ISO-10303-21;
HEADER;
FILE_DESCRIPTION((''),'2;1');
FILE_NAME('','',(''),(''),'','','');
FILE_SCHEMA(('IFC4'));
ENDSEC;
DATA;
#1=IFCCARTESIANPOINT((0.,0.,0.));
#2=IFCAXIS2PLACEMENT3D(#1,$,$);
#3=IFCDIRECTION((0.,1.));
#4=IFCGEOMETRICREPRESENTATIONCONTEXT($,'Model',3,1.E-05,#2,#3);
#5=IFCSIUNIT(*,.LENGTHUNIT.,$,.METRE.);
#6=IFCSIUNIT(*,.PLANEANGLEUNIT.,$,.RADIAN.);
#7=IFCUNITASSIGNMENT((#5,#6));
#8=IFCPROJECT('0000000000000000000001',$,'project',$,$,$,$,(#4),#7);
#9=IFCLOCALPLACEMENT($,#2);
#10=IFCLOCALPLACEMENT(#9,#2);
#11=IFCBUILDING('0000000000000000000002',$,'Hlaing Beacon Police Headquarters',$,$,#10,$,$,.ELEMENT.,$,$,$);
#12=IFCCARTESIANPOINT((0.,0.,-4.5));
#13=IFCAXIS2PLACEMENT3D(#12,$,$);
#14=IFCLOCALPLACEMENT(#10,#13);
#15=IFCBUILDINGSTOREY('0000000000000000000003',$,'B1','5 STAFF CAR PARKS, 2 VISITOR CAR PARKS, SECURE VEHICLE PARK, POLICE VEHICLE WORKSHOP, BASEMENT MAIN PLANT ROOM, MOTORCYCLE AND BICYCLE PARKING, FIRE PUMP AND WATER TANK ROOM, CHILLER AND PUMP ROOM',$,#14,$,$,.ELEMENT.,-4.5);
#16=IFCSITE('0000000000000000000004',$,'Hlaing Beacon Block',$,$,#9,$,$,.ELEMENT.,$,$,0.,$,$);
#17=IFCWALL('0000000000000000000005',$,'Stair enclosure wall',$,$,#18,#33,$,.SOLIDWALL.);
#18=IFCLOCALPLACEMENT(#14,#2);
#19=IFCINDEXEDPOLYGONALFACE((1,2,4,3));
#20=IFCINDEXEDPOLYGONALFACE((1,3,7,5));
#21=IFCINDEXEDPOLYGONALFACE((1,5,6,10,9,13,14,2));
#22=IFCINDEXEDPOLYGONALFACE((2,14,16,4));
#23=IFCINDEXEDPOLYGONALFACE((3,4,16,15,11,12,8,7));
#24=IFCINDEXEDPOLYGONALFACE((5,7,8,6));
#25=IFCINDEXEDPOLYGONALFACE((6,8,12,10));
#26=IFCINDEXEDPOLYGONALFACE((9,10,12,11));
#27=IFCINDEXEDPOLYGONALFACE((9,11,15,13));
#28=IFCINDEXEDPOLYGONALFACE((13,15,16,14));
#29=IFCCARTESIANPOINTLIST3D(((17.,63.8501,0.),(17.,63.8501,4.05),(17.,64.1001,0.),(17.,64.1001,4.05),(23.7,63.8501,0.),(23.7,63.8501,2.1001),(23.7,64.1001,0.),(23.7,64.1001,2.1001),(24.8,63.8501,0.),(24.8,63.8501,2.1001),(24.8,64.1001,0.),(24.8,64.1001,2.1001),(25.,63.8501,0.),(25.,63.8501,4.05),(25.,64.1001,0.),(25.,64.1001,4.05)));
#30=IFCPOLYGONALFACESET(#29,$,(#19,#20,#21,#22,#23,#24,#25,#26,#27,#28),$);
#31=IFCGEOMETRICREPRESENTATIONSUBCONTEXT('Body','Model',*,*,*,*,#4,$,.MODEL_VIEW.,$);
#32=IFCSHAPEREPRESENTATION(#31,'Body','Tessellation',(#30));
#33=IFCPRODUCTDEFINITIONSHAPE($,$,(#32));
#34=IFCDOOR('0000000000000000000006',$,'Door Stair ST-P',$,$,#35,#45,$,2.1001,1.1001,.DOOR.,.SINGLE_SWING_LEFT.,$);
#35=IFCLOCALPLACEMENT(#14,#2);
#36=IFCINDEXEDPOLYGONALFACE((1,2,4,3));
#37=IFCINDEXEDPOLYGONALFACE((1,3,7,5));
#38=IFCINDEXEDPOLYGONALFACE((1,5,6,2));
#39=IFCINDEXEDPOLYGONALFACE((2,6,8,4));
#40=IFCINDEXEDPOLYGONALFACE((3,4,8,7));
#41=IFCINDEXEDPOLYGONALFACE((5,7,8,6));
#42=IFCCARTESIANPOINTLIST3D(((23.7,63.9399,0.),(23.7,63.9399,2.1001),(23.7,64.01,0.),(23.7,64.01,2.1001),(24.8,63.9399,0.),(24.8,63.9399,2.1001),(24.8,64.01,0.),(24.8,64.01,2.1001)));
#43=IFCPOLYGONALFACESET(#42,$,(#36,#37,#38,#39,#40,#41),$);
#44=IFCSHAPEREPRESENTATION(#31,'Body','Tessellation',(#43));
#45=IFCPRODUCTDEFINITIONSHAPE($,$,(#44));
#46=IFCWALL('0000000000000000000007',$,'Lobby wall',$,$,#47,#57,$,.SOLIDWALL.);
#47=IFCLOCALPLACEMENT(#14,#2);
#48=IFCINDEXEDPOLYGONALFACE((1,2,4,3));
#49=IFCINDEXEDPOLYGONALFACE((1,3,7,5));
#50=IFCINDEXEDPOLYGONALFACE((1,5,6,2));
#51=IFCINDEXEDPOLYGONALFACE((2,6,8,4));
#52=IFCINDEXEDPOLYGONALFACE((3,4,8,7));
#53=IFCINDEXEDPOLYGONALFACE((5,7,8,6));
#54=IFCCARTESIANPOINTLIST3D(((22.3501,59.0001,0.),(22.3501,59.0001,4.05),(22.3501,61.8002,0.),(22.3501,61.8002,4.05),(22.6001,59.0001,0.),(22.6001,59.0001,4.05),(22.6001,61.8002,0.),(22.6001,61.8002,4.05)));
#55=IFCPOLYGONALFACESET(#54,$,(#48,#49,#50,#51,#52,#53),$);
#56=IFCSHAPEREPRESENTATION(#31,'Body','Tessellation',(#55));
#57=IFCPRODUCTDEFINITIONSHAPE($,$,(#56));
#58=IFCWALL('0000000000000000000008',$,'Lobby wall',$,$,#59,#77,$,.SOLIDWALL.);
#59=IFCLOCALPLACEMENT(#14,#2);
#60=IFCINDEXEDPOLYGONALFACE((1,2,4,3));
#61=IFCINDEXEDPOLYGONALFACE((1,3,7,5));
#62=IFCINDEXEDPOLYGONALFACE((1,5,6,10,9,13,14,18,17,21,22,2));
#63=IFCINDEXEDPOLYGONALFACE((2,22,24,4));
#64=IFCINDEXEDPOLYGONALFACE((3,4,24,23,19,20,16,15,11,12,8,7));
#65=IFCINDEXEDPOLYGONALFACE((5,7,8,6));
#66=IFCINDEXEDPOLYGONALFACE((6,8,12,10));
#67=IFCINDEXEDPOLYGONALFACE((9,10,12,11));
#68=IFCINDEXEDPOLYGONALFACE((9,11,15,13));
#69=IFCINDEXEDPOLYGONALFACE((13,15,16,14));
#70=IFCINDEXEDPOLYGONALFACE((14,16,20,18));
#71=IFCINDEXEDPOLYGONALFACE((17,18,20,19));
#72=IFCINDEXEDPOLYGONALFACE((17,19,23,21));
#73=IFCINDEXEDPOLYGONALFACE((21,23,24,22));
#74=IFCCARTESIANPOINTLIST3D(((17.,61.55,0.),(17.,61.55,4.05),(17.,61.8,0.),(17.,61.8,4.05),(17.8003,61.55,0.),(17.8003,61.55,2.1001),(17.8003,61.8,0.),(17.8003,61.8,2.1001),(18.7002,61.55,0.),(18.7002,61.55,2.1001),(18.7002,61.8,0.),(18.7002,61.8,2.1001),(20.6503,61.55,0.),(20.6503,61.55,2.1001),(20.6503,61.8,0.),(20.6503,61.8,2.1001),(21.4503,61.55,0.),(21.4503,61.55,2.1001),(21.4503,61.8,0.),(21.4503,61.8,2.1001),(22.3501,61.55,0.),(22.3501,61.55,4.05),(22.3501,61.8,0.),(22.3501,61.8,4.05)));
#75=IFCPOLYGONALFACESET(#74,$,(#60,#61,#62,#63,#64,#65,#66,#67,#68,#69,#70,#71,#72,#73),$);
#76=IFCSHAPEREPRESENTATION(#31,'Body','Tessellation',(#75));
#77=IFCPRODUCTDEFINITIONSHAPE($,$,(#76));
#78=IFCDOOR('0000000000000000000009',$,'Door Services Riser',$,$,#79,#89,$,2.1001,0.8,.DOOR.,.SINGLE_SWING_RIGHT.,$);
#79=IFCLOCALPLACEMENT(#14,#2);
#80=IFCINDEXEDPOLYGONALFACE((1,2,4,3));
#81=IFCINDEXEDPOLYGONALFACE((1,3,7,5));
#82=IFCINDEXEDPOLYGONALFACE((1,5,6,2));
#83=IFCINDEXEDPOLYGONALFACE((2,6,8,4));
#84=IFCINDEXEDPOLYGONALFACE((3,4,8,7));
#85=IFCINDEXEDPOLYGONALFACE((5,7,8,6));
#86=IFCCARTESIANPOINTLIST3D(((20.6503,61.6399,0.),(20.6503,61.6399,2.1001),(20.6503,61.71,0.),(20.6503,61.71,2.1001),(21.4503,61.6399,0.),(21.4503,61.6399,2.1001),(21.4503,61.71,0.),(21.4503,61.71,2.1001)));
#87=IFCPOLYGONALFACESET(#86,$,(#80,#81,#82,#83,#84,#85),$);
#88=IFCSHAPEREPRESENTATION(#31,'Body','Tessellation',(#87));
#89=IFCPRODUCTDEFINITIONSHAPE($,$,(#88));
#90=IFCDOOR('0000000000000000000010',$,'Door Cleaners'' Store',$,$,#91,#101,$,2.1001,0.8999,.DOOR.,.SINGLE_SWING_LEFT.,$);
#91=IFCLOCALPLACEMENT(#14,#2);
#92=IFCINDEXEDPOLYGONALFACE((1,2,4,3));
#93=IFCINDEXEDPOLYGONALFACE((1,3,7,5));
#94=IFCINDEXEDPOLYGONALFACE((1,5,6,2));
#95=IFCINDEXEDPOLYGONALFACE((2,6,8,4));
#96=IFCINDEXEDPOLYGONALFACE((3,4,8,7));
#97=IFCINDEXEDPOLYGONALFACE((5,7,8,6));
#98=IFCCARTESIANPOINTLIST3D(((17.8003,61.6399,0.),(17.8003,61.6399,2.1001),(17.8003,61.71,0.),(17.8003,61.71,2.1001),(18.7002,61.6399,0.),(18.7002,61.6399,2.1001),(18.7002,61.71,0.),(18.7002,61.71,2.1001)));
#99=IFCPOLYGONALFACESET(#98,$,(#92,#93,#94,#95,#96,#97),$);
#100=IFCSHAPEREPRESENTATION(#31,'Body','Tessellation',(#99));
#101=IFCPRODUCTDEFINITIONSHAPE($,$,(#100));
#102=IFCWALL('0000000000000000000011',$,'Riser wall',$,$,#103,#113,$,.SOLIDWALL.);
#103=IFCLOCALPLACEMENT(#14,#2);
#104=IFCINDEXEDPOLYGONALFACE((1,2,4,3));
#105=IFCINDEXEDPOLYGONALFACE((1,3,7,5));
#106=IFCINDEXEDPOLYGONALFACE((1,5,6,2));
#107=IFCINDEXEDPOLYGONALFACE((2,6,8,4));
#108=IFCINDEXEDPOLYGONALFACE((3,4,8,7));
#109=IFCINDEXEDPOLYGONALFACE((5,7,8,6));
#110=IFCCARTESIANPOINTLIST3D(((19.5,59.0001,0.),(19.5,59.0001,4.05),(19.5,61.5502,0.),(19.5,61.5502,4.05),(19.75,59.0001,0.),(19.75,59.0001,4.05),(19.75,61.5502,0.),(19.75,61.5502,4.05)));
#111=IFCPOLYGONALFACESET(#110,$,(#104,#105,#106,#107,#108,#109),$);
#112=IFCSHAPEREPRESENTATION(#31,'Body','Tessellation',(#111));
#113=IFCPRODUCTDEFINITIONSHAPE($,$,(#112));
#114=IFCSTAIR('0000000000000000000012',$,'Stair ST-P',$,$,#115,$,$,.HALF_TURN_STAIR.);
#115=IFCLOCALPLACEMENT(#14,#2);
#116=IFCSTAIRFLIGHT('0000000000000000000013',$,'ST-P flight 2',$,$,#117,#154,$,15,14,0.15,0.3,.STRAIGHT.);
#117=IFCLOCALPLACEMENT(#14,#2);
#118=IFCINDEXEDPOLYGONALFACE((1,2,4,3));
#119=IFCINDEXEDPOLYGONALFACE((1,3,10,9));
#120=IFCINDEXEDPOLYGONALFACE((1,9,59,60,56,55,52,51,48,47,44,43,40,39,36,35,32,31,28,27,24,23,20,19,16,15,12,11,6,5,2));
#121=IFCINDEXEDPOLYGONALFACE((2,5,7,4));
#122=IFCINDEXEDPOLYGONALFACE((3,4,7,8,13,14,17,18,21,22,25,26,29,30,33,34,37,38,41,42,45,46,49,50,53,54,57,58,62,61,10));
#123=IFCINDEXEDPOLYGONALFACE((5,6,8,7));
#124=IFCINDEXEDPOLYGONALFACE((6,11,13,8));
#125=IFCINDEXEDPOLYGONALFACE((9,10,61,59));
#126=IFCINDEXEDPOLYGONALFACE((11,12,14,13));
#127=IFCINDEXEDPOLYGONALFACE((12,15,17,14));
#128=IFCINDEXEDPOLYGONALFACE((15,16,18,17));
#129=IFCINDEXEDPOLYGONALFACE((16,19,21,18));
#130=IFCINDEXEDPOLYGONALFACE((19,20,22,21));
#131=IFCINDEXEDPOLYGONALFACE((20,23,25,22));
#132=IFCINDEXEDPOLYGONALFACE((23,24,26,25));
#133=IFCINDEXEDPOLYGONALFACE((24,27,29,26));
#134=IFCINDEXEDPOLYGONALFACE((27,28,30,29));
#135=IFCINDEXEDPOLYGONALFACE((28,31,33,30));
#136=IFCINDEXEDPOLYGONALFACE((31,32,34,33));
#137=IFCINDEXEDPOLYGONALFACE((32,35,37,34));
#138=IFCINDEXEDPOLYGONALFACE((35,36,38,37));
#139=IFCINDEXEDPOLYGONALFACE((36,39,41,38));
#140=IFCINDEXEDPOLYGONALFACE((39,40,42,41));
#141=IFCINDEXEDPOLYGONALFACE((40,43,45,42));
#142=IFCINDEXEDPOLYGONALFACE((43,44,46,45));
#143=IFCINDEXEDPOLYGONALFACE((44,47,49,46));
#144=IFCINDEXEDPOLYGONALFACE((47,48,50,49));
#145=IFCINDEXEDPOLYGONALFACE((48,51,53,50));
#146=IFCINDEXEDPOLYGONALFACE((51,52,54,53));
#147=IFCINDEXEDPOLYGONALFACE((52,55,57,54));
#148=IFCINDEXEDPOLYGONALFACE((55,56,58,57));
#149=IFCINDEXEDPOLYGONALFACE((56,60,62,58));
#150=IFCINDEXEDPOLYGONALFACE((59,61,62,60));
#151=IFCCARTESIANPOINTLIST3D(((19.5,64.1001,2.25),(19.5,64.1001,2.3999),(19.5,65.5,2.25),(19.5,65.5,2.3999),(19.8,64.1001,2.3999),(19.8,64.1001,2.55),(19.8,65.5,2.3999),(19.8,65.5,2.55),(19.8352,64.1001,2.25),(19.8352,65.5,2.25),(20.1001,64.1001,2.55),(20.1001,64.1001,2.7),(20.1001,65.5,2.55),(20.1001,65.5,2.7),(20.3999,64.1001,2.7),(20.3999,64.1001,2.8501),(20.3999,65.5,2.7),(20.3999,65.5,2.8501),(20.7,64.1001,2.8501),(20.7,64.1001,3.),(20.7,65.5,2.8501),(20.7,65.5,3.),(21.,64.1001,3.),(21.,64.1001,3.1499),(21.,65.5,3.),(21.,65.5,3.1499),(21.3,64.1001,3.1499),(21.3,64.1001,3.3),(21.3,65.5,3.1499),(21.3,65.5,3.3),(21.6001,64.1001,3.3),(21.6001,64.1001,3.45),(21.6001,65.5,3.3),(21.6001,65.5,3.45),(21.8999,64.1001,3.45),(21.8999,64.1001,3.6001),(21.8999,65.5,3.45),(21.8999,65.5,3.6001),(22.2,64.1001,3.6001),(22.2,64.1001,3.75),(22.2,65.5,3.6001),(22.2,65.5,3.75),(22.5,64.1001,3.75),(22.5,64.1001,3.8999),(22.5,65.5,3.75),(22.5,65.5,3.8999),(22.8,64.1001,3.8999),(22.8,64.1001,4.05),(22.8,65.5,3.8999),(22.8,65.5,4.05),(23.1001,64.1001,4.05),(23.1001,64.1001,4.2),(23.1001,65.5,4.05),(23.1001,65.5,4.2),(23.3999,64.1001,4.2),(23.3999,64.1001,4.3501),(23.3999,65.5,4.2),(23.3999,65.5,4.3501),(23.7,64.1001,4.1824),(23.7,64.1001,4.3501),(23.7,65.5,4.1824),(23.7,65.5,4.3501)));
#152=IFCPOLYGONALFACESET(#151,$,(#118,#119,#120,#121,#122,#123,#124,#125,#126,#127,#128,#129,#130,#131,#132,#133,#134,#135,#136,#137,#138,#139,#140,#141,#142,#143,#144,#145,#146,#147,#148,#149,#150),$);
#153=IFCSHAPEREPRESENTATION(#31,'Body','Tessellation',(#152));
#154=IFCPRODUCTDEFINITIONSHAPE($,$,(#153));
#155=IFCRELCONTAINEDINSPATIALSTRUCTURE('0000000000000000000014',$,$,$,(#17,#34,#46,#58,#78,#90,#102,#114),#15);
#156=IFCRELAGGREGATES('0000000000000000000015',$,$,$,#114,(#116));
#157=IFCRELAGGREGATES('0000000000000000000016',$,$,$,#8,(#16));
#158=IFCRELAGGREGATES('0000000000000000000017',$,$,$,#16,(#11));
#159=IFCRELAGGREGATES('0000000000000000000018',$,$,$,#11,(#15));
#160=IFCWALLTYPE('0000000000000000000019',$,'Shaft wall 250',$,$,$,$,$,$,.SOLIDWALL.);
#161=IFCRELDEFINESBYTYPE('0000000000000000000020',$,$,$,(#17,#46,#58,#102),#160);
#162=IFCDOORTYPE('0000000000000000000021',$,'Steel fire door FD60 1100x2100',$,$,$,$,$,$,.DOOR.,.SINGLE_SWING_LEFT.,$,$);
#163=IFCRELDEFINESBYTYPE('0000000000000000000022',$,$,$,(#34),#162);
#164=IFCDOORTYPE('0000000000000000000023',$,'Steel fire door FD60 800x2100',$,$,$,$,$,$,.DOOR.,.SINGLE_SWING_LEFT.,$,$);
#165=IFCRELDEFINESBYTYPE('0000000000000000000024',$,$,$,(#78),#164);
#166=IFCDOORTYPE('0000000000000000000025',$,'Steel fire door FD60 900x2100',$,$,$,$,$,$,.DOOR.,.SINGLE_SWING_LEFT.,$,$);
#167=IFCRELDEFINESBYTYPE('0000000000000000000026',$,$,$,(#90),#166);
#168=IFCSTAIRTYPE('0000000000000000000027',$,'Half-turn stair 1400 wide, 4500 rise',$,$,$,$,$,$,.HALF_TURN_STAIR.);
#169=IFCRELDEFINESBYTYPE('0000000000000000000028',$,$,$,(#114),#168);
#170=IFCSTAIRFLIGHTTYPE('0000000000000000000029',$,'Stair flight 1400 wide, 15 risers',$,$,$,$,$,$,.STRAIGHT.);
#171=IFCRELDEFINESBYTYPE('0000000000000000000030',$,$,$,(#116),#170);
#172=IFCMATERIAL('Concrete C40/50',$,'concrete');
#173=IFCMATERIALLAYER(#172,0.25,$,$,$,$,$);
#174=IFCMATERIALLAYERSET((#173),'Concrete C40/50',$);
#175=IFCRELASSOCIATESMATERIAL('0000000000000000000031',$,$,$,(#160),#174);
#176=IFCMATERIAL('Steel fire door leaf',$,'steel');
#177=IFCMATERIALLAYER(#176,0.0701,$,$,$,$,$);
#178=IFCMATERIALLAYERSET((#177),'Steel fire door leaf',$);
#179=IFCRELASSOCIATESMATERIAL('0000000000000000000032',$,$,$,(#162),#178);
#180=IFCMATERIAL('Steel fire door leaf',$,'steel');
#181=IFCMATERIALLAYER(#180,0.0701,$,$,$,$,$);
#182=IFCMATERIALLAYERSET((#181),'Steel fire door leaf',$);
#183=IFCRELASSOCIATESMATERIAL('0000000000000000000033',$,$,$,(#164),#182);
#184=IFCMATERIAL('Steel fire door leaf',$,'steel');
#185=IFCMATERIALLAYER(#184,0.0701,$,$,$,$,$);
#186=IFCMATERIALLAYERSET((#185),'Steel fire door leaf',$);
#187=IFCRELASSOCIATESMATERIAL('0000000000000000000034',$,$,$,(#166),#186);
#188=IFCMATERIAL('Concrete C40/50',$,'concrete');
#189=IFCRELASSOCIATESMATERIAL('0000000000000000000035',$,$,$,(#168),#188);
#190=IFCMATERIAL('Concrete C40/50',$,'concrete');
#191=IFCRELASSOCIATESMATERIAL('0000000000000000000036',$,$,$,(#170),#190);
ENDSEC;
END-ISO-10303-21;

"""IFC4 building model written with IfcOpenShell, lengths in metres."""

from ifc_helpers import new_model, si_unit, direction, frame, frame_2d, origin, place, context, subcontext, project, spatial, polyline, rectangle, outline, extrude, material, layer, layer_set, type_object, element, fill, aggregate, save


model = new_model("IFC4")

# Units and contexts
model_context = context("Model", 3, precision=1e-05, world=origin(), true_north=direction((0.0, 1.0)))
body_context = subcontext(model_context, "Body", "Model", "MODEL_VIEW")
ifc_project = project(units=[si_unit("LENGTHUNIT", "METRE"), si_unit("PLANEANGLEUNIT", "RADIAN")], contexts=[model_context])

# Site, building, storey
site_placement = place(None, origin())
site = spatial("IfcSite", under=ifc_project, at=site_placement, Name="Hlaing Beacon Block", CompositionType="ELEMENT", RefElevation=0.0)
building_placement = place(site_placement, origin())
building = spatial("IfcBuilding", under=site, at=building_placement, Name="Hlaing Beacon Police Headquarters", CompositionType="ELEMENT")
storey_placement = place(building_placement, frame((0.0, 0.0, -4.5)))
storey = spatial("IfcBuildingStorey", under=building, at=storey_placement, Name="B1", Description="5 STAFF CAR PARKS, 2 VISITOR CAR PARKS, SECURE VEHICLE PARK, POLICE VEHICLE WORKSHOP, BASEMENT MAIN PLANT ROOM, MOTORCYCLE AND BICYCLE PARKING, FIRE PUMP AND WATER TANK ROOM, CHILLER AND PUMP ROOM", CompositionType="ELEMENT", Elevation=-4.5)

# Wall, opening, door
ifc_material_1 = material(Name="Concrete C40/50", Category="concrete")
ifc_layer_1 = layer(ifc_material_1, 0.25)
ifc_layer_set_1 = layer_set([ifc_layer_1], Name="Concrete C40/50")
wall_type_1 = type_object("IfcWallType", Name="Shaft wall 250", PredefinedType="SOLIDWALL", material=ifc_layer_set_1)
wall_1_placement = place(storey_placement, frame((25.0, 63.9751, 0.0), z_axis=(0.0, 0.0, 1.0), x_axis=(-1.0, 0.0, 0.0)))
wall_1 = element("IfcWall", 1, at=wall_1_placement, inside=storey, type_object=wall_type_1, Name="Stair enclosure wall", PredefinedType="SOLIDWALL", context=body_context, shape_type="SweptSolid", body=[
    extrude(rectangle(XDim=8.0, YDim=0.25, at=frame_2d((4.0, 0.0))), origin(), (0.0, 0.0, 1.0), 4.05),
])
opening_1_placement = place(wall_1_placement, frame((0.2, 0.0, 0.0)))
opening_1 = element("IfcOpeningElement", 2, at=opening_1_placement, cuts=wall_1, PredefinedType="OPENING", context=body_context, shape_type="SweptSolid", body=[
    extrude(rectangle(XDim=1.1001, YDim=2.1001, at=frame_2d((0.55, 1.05))), frame((0.0, 0.135, 0.0), z_axis=(0.0, -1.0, 0.0), x_axis=(1.0, 0.0, 0.0)), (0.0, 0.0, 1.0), 0.27),
])
ifc_material_2 = material(Name="Steel fire door leaf", Category="steel")
ifc_layer_2 = layer(ifc_material_2, 0.0701)
ifc_layer_set_2 = layer_set([ifc_layer_2], Name="Steel fire door leaf")
door_type_1 = type_object("IfcDoorType", Name="Steel fire door FD60 1100x2100", OperationType="SINGLE_SWING_LEFT", PredefinedType="DOOR", material=ifc_layer_set_2)
door_1_placement = place(opening_1_placement, frame((1.1001, 0.0, 0.0), z_axis=(0.0, 0.0, 1.0), x_axis=(-1.0, 0.0, 0.0)))
door_1 = element("IfcDoor", 3, at=door_1_placement, inside=storey, type_object=door_type_1, Name="Door Stair ST-P", OperationType="SINGLE_SWING_LEFT", OverallHeight=2.1001, OverallWidth=1.1001, PredefinedType="DOOR", context=body_context, shape_type="SweptSolid", body=[
    extrude(rectangle(XDim=1.1001, YDim=2.1001, at=frame_2d((0.55, 1.05))), frame((0.0, 0.0349, 0.0), z_axis=(0.0, -1.0, 0.0), x_axis=(1.0, 0.0, 0.0)), (0.0, 0.0, 1.0), 0.0701),
])
fill(opening_1, door_1)

# Wall
wall_2_placement = place(storey_placement, frame((22.4751, 61.8, 0.0), z_axis=(0.0, 0.0, 1.0), x_axis=(0.0, -1.0, 0.0)))
element("IfcWall", 4, at=wall_2_placement, inside=storey, type_object=wall_type_1, Name="Lobby wall", PredefinedType="SOLIDWALL", context=body_context, shape_type="SweptSolid", body=[
    extrude(rectangle(XDim=2.8, YDim=0.25, at=frame_2d((1.3999, 0.0))), origin(), (0.0, 0.0, 1.0), 4.05),
])

# Wall, openings, doors
wall_3_placement = place(storey_placement, frame((22.3501, 61.675, 0.0), z_axis=(0.0, 0.0, 1.0), x_axis=(-1.0, 0.0, 0.0)))
wall_3 = element("IfcWall", 5, at=wall_3_placement, inside=storey, type_object=wall_type_1, Name="Lobby wall", PredefinedType="SOLIDWALL", context=body_context, shape_type="SweptSolid", body=[
    extrude(rectangle(XDim=5.3501, YDim=0.25, at=frame_2d((2.675, 0.0))), origin(), (0.0, 0.0, 1.0), 4.05),
])
opening_2_placement = place(wall_3_placement, frame((3.6499, 0.0, 0.0)))
opening_2 = element("IfcOpeningElement", 6, at=opening_2_placement, cuts=wall_3, PredefinedType="OPENING", context=body_context, shape_type="SweptSolid", body=[
    extrude(rectangle(XDim=0.8999, YDim=2.1001, at=frame_2d((0.45, 1.05))), frame((0.0, 0.135, 0.0), z_axis=(0.0, -1.0, 0.0), x_axis=(1.0, 0.0, 0.0)), (0.0, 0.0, 1.0), 0.27),
])
opening_3_placement = place(wall_3_placement, frame((0.8999, 0.0, 0.0)))
opening_3 = element("IfcOpeningElement", 7, at=opening_3_placement, cuts=wall_3, PredefinedType="OPENING", context=body_context, shape_type="SweptSolid", body=[
    extrude(rectangle(XDim=0.8, YDim=2.1001, at=frame_2d((0.3999, 1.05))), frame((0.0, 0.135, 0.0), z_axis=(0.0, -1.0, 0.0), x_axis=(1.0, 0.0, 0.0)), (0.0, 0.0, 1.0), 0.27),
])
ifc_material_3 = material(Name="Steel fire door leaf", Category="steel")
ifc_layer_3 = layer(ifc_material_3, 0.0701)
ifc_layer_set_3 = layer_set([ifc_layer_3], Name="Steel fire door leaf")
door_type_2 = type_object("IfcDoorType", Name="Steel fire door FD60 800x2100", OperationType="SINGLE_SWING_LEFT", PredefinedType="DOOR", material=ifc_layer_set_3)
door_2_placement = place(opening_3_placement, origin())
door_2 = element("IfcDoor", 8, at=door_2_placement, inside=storey, type_object=door_type_2, Name="Door Services Riser", OperationType="SINGLE_SWING_RIGHT", OverallHeight=2.1001, OverallWidth=0.8, PredefinedType="DOOR", context=body_context, shape_type="SweptSolid", body=[
    extrude(rectangle(XDim=0.8, YDim=2.1001, at=frame_2d((0.3999, 1.05))), frame((0.0, 0.0352, 0.0), z_axis=(0.0, -1.0, 0.0), x_axis=(1.0, 0.0, 0.0)), (0.0, 0.0, 1.0), 0.0701),
])
fill(opening_3, door_2)
ifc_material_4 = material(Name="Steel fire door leaf", Category="steel")
ifc_layer_4 = layer(ifc_material_4, 0.0701)
ifc_layer_set_4 = layer_set([ifc_layer_4], Name="Steel fire door leaf")
door_type_3 = type_object("IfcDoorType", Name="Steel fire door FD60 900x2100", OperationType="SINGLE_SWING_LEFT", PredefinedType="DOOR", material=ifc_layer_set_4)
door_3_placement = place(opening_2_placement, origin())
door_3 = element("IfcDoor", 9, at=door_3_placement, inside=storey, type_object=door_type_3, Name="Door Cleaners' Store", OperationType="SINGLE_SWING_LEFT", OverallHeight=2.1001, OverallWidth=0.8999, PredefinedType="DOOR", context=body_context, shape_type="SweptSolid", body=[
    extrude(rectangle(XDim=0.8999, YDim=2.1001, at=frame_2d((0.45, 1.05))), frame((0.0, 0.0352, 0.0), z_axis=(0.0, -1.0, 0.0), x_axis=(1.0, 0.0, 0.0)), (0.0, 0.0, 1.0), 0.0701),
])
fill(opening_2, door_3)

# Wall
wall_4_placement = place(storey_placement, frame((19.625, 61.55, 0.0), z_axis=(0.0, 0.0, 1.0), x_axis=(0.0, -1.0, 0.0)))
element("IfcWall", 10, at=wall_4_placement, inside=storey, type_object=wall_type_1, Name="Riser wall", PredefinedType="SOLIDWALL", context=body_context, shape_type="SweptSolid", body=[
    extrude(rectangle(XDim=2.55, YDim=0.25, at=frame_2d((1.2749, 0.0))), origin(), (0.0, 0.0, 1.0), 4.05),
])

# Stair, stair flight
ifc_material_5 = material(Name="Concrete C40/50", Category="concrete")
stair_type = type_object("IfcStairType", Name="Half-turn stair 1400 wide, 4500 rise", PredefinedType="HALF_TURN_STAIR", material=ifc_material_5)
stair_placement = place(storey_placement, origin())
stair = element("IfcStair", 11, at=stair_placement, inside=storey, type_object=stair_type, Name="Stair ST-P", PredefinedType="HALF_TURN_STAIR")
ifc_material_6 = material(Name="Concrete C40/50", Category="concrete")
stair_flight_type = type_object("IfcStairFlightType", Name="Stair flight 1400 wide, 15 risers", PredefinedType="STRAIGHT", material=ifc_material_6)
stair_flight_placement = place(storey_placement, frame((19.5, 64.8, 2.25), z_axis=(0.0, 0.0, 1.0), x_axis=(1.0, 0.0, 0.0)))
stair_flight = element("IfcStairFlight", 12, at=stair_flight_placement, type_object=stair_flight_type, Name="ST-P flight 2", NumberOfRisers=15, NumberOfTreads=14, PredefinedType="STRAIGHT", RiserHeight=0.15, TreadLength=0.3, context=body_context, shape_type="SweptSolid", body=[
    extrude(outline(polyline([(0.0, 0.0), (0.0, 0.1499), (0.3, 0.1499), (0.3, 0.3), (0.6001, 0.3), (0.6001, 0.45), (0.8999, 0.45), (0.8999, 0.6001), (1.2, 0.6001), (1.2, 0.75), (1.5, 0.75), (1.5, 0.8999), (1.8, 0.8999), (1.8, 1.05), (2.1001, 1.05), (2.1001, 1.2), (2.3999, 1.2), (2.3999, 1.3501), (2.7, 1.3501), (2.7, 1.5), (3.0, 1.5), (3.0, 1.6499), (3.3, 1.6499), (3.3, 1.8), (3.6001, 1.8), (3.6001, 1.95), (3.8999, 1.95), (3.8999, 2.1001), (4.2, 2.1001), (4.2, 2.25), (4.2, 1.9324), (0.3352, 0.0), (0.0, 0.0)])), frame((0.0, 0.7, 0.0), z_axis=(0.0, -1.0, 0.0), x_axis=(1.0, 0.0, 0.0)), (0.0, 0.0, 1.0), 1.3999),
])
aggregate(stair, [stair_flight])

save(model, "model.ifc")
